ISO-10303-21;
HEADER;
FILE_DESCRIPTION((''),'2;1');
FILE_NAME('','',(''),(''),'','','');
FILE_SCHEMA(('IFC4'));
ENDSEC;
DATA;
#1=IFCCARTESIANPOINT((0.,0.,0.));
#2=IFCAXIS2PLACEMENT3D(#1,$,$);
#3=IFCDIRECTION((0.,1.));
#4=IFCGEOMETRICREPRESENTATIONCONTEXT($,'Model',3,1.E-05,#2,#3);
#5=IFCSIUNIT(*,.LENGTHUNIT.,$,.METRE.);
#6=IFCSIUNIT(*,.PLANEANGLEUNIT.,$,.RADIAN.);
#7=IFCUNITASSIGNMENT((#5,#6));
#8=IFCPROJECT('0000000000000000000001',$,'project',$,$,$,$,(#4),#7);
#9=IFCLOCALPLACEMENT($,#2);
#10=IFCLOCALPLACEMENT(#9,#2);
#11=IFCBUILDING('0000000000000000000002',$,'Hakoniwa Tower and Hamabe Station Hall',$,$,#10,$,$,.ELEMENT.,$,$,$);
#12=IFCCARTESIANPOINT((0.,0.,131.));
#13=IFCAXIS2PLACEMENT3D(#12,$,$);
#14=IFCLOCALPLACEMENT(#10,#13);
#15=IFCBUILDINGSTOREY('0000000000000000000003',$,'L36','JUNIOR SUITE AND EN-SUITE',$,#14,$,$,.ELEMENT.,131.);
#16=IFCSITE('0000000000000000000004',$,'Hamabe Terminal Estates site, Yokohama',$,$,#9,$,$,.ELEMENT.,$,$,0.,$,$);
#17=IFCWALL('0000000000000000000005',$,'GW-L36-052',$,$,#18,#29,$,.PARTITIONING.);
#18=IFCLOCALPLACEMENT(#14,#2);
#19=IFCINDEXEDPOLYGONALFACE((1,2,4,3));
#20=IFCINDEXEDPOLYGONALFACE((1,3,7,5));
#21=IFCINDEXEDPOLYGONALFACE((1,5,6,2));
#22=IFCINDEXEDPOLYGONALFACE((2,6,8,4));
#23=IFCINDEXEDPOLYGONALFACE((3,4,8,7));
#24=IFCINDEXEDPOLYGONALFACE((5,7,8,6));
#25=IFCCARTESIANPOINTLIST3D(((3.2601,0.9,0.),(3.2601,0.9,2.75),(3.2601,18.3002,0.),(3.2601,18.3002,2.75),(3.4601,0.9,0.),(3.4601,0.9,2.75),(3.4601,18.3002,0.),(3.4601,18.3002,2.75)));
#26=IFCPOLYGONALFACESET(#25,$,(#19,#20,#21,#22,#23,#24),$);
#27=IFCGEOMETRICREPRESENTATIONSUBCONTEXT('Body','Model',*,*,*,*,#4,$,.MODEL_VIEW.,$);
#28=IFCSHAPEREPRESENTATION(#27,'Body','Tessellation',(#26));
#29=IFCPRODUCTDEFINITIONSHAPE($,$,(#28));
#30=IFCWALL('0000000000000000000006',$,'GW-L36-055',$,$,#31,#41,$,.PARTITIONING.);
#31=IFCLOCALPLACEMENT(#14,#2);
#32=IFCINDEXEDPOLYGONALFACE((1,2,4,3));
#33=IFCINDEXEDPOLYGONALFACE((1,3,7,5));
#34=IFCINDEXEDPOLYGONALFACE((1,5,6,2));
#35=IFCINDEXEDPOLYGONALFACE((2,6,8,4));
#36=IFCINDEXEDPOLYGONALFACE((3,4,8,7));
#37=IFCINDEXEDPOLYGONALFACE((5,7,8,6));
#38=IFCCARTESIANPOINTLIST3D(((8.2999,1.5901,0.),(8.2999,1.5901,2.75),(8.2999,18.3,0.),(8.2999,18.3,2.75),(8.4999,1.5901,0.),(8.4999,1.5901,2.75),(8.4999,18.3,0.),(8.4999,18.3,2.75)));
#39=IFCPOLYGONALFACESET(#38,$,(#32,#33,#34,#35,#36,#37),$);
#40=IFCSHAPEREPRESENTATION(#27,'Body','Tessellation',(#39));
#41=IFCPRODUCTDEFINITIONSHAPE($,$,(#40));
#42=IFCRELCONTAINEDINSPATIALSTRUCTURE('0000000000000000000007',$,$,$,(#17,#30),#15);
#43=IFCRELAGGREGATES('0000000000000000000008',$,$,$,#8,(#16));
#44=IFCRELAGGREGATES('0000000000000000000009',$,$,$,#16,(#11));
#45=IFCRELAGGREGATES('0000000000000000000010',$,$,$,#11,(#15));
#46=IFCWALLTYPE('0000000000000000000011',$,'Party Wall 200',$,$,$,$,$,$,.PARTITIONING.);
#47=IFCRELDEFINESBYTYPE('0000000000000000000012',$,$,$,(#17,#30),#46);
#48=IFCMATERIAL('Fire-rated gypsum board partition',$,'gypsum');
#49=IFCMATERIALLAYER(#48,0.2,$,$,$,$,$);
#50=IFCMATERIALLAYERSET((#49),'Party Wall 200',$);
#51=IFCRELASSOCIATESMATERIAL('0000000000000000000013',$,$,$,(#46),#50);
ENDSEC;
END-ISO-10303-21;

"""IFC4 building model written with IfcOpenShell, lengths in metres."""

from ifc_helpers import new_model, si_unit, direction, frame, frame_2d, origin, place, context, subcontext, project, spatial, rectangle, extrude, material, layer, layer_set, type_object, element, save


model = new_model("IFC4")

# Units and contexts
model_context = context("Model", 3, precision=1e-05, world=origin(), true_north=direction((0.0, 1.0)))
body_context = subcontext(model_context, "Body", "Model", "MODEL_VIEW")
ifc_project = project(units=[si_unit("LENGTHUNIT", "METRE"), si_unit("PLANEANGLEUNIT", "RADIAN")], contexts=[model_context])

# Site, building, storey
site_placement = place(None, origin())
site = spatial("IfcSite", under=ifc_project, at=site_placement, Name="Hamabe Terminal Estates site, Yokohama", CompositionType="ELEMENT", RefElevation=0.0)
building_placement = place(site_placement, origin())
building = spatial("IfcBuilding", under=site, at=building_placement, Name="Hakoniwa Tower and Hamabe Station Hall", CompositionType="ELEMENT")
storey_placement = place(building_placement, frame((0.0, 0.0, 131.0)))
storey = spatial("IfcBuildingStorey", under=building, at=storey_placement, Name="L36", Description="JUNIOR SUITE AND EN-SUITE", CompositionType="ELEMENT", Elevation=131.0)

# Walls
ifc_material_1 = material(Name="Fire-rated gypsum board partition", Category="gypsum")
ifc_layer_1 = layer(ifc_material_1, 0.2)
ifc_layer_set_1 = layer_set([ifc_layer_1], Name="Party Wall 200")
wall_type = type_object("IfcWallType", Name="Party Wall 200", PredefinedType="PARTITIONING", material=ifc_layer_set_1)
wall_1_placement = place(storey_placement, frame((3.3601, 0.8999, 0.0), z_axis=(0.0, 0.0, 1.0), x_axis=(0.0, 1.0, 0.0)))
element("IfcWall", 1, at=wall_1_placement, inside=storey, type_object=wall_type, Name="GW-L36-052", PredefinedType="PARTITIONING", context=body_context, shape_type="SweptSolid", body=[
    extrude(rectangle(XDim=17.4001, YDim=0.2, at=frame_2d((8.7002, 0.0))), origin(), (0.0, 0.0, 1.0), 2.75),
])
wall_2_placement = place(storey_placement, frame((8.3999, 1.5901, 0.0), z_axis=(0.0, 0.0, 1.0), x_axis=(0.0, 1.0, 0.0)))
element("IfcWall", 2, at=wall_2_placement, inside=storey, type_object=wall_type, Name="GW-L36-055", PredefinedType="PARTITIONING", context=body_context, shape_type="SweptSolid", body=[
    extrude(rectangle(XDim=16.71, YDim=0.2, at=frame_2d((8.355, 0.0))), origin(), (0.0, 0.0, 1.0), 2.75),
])

save(model, "model.ifc")
